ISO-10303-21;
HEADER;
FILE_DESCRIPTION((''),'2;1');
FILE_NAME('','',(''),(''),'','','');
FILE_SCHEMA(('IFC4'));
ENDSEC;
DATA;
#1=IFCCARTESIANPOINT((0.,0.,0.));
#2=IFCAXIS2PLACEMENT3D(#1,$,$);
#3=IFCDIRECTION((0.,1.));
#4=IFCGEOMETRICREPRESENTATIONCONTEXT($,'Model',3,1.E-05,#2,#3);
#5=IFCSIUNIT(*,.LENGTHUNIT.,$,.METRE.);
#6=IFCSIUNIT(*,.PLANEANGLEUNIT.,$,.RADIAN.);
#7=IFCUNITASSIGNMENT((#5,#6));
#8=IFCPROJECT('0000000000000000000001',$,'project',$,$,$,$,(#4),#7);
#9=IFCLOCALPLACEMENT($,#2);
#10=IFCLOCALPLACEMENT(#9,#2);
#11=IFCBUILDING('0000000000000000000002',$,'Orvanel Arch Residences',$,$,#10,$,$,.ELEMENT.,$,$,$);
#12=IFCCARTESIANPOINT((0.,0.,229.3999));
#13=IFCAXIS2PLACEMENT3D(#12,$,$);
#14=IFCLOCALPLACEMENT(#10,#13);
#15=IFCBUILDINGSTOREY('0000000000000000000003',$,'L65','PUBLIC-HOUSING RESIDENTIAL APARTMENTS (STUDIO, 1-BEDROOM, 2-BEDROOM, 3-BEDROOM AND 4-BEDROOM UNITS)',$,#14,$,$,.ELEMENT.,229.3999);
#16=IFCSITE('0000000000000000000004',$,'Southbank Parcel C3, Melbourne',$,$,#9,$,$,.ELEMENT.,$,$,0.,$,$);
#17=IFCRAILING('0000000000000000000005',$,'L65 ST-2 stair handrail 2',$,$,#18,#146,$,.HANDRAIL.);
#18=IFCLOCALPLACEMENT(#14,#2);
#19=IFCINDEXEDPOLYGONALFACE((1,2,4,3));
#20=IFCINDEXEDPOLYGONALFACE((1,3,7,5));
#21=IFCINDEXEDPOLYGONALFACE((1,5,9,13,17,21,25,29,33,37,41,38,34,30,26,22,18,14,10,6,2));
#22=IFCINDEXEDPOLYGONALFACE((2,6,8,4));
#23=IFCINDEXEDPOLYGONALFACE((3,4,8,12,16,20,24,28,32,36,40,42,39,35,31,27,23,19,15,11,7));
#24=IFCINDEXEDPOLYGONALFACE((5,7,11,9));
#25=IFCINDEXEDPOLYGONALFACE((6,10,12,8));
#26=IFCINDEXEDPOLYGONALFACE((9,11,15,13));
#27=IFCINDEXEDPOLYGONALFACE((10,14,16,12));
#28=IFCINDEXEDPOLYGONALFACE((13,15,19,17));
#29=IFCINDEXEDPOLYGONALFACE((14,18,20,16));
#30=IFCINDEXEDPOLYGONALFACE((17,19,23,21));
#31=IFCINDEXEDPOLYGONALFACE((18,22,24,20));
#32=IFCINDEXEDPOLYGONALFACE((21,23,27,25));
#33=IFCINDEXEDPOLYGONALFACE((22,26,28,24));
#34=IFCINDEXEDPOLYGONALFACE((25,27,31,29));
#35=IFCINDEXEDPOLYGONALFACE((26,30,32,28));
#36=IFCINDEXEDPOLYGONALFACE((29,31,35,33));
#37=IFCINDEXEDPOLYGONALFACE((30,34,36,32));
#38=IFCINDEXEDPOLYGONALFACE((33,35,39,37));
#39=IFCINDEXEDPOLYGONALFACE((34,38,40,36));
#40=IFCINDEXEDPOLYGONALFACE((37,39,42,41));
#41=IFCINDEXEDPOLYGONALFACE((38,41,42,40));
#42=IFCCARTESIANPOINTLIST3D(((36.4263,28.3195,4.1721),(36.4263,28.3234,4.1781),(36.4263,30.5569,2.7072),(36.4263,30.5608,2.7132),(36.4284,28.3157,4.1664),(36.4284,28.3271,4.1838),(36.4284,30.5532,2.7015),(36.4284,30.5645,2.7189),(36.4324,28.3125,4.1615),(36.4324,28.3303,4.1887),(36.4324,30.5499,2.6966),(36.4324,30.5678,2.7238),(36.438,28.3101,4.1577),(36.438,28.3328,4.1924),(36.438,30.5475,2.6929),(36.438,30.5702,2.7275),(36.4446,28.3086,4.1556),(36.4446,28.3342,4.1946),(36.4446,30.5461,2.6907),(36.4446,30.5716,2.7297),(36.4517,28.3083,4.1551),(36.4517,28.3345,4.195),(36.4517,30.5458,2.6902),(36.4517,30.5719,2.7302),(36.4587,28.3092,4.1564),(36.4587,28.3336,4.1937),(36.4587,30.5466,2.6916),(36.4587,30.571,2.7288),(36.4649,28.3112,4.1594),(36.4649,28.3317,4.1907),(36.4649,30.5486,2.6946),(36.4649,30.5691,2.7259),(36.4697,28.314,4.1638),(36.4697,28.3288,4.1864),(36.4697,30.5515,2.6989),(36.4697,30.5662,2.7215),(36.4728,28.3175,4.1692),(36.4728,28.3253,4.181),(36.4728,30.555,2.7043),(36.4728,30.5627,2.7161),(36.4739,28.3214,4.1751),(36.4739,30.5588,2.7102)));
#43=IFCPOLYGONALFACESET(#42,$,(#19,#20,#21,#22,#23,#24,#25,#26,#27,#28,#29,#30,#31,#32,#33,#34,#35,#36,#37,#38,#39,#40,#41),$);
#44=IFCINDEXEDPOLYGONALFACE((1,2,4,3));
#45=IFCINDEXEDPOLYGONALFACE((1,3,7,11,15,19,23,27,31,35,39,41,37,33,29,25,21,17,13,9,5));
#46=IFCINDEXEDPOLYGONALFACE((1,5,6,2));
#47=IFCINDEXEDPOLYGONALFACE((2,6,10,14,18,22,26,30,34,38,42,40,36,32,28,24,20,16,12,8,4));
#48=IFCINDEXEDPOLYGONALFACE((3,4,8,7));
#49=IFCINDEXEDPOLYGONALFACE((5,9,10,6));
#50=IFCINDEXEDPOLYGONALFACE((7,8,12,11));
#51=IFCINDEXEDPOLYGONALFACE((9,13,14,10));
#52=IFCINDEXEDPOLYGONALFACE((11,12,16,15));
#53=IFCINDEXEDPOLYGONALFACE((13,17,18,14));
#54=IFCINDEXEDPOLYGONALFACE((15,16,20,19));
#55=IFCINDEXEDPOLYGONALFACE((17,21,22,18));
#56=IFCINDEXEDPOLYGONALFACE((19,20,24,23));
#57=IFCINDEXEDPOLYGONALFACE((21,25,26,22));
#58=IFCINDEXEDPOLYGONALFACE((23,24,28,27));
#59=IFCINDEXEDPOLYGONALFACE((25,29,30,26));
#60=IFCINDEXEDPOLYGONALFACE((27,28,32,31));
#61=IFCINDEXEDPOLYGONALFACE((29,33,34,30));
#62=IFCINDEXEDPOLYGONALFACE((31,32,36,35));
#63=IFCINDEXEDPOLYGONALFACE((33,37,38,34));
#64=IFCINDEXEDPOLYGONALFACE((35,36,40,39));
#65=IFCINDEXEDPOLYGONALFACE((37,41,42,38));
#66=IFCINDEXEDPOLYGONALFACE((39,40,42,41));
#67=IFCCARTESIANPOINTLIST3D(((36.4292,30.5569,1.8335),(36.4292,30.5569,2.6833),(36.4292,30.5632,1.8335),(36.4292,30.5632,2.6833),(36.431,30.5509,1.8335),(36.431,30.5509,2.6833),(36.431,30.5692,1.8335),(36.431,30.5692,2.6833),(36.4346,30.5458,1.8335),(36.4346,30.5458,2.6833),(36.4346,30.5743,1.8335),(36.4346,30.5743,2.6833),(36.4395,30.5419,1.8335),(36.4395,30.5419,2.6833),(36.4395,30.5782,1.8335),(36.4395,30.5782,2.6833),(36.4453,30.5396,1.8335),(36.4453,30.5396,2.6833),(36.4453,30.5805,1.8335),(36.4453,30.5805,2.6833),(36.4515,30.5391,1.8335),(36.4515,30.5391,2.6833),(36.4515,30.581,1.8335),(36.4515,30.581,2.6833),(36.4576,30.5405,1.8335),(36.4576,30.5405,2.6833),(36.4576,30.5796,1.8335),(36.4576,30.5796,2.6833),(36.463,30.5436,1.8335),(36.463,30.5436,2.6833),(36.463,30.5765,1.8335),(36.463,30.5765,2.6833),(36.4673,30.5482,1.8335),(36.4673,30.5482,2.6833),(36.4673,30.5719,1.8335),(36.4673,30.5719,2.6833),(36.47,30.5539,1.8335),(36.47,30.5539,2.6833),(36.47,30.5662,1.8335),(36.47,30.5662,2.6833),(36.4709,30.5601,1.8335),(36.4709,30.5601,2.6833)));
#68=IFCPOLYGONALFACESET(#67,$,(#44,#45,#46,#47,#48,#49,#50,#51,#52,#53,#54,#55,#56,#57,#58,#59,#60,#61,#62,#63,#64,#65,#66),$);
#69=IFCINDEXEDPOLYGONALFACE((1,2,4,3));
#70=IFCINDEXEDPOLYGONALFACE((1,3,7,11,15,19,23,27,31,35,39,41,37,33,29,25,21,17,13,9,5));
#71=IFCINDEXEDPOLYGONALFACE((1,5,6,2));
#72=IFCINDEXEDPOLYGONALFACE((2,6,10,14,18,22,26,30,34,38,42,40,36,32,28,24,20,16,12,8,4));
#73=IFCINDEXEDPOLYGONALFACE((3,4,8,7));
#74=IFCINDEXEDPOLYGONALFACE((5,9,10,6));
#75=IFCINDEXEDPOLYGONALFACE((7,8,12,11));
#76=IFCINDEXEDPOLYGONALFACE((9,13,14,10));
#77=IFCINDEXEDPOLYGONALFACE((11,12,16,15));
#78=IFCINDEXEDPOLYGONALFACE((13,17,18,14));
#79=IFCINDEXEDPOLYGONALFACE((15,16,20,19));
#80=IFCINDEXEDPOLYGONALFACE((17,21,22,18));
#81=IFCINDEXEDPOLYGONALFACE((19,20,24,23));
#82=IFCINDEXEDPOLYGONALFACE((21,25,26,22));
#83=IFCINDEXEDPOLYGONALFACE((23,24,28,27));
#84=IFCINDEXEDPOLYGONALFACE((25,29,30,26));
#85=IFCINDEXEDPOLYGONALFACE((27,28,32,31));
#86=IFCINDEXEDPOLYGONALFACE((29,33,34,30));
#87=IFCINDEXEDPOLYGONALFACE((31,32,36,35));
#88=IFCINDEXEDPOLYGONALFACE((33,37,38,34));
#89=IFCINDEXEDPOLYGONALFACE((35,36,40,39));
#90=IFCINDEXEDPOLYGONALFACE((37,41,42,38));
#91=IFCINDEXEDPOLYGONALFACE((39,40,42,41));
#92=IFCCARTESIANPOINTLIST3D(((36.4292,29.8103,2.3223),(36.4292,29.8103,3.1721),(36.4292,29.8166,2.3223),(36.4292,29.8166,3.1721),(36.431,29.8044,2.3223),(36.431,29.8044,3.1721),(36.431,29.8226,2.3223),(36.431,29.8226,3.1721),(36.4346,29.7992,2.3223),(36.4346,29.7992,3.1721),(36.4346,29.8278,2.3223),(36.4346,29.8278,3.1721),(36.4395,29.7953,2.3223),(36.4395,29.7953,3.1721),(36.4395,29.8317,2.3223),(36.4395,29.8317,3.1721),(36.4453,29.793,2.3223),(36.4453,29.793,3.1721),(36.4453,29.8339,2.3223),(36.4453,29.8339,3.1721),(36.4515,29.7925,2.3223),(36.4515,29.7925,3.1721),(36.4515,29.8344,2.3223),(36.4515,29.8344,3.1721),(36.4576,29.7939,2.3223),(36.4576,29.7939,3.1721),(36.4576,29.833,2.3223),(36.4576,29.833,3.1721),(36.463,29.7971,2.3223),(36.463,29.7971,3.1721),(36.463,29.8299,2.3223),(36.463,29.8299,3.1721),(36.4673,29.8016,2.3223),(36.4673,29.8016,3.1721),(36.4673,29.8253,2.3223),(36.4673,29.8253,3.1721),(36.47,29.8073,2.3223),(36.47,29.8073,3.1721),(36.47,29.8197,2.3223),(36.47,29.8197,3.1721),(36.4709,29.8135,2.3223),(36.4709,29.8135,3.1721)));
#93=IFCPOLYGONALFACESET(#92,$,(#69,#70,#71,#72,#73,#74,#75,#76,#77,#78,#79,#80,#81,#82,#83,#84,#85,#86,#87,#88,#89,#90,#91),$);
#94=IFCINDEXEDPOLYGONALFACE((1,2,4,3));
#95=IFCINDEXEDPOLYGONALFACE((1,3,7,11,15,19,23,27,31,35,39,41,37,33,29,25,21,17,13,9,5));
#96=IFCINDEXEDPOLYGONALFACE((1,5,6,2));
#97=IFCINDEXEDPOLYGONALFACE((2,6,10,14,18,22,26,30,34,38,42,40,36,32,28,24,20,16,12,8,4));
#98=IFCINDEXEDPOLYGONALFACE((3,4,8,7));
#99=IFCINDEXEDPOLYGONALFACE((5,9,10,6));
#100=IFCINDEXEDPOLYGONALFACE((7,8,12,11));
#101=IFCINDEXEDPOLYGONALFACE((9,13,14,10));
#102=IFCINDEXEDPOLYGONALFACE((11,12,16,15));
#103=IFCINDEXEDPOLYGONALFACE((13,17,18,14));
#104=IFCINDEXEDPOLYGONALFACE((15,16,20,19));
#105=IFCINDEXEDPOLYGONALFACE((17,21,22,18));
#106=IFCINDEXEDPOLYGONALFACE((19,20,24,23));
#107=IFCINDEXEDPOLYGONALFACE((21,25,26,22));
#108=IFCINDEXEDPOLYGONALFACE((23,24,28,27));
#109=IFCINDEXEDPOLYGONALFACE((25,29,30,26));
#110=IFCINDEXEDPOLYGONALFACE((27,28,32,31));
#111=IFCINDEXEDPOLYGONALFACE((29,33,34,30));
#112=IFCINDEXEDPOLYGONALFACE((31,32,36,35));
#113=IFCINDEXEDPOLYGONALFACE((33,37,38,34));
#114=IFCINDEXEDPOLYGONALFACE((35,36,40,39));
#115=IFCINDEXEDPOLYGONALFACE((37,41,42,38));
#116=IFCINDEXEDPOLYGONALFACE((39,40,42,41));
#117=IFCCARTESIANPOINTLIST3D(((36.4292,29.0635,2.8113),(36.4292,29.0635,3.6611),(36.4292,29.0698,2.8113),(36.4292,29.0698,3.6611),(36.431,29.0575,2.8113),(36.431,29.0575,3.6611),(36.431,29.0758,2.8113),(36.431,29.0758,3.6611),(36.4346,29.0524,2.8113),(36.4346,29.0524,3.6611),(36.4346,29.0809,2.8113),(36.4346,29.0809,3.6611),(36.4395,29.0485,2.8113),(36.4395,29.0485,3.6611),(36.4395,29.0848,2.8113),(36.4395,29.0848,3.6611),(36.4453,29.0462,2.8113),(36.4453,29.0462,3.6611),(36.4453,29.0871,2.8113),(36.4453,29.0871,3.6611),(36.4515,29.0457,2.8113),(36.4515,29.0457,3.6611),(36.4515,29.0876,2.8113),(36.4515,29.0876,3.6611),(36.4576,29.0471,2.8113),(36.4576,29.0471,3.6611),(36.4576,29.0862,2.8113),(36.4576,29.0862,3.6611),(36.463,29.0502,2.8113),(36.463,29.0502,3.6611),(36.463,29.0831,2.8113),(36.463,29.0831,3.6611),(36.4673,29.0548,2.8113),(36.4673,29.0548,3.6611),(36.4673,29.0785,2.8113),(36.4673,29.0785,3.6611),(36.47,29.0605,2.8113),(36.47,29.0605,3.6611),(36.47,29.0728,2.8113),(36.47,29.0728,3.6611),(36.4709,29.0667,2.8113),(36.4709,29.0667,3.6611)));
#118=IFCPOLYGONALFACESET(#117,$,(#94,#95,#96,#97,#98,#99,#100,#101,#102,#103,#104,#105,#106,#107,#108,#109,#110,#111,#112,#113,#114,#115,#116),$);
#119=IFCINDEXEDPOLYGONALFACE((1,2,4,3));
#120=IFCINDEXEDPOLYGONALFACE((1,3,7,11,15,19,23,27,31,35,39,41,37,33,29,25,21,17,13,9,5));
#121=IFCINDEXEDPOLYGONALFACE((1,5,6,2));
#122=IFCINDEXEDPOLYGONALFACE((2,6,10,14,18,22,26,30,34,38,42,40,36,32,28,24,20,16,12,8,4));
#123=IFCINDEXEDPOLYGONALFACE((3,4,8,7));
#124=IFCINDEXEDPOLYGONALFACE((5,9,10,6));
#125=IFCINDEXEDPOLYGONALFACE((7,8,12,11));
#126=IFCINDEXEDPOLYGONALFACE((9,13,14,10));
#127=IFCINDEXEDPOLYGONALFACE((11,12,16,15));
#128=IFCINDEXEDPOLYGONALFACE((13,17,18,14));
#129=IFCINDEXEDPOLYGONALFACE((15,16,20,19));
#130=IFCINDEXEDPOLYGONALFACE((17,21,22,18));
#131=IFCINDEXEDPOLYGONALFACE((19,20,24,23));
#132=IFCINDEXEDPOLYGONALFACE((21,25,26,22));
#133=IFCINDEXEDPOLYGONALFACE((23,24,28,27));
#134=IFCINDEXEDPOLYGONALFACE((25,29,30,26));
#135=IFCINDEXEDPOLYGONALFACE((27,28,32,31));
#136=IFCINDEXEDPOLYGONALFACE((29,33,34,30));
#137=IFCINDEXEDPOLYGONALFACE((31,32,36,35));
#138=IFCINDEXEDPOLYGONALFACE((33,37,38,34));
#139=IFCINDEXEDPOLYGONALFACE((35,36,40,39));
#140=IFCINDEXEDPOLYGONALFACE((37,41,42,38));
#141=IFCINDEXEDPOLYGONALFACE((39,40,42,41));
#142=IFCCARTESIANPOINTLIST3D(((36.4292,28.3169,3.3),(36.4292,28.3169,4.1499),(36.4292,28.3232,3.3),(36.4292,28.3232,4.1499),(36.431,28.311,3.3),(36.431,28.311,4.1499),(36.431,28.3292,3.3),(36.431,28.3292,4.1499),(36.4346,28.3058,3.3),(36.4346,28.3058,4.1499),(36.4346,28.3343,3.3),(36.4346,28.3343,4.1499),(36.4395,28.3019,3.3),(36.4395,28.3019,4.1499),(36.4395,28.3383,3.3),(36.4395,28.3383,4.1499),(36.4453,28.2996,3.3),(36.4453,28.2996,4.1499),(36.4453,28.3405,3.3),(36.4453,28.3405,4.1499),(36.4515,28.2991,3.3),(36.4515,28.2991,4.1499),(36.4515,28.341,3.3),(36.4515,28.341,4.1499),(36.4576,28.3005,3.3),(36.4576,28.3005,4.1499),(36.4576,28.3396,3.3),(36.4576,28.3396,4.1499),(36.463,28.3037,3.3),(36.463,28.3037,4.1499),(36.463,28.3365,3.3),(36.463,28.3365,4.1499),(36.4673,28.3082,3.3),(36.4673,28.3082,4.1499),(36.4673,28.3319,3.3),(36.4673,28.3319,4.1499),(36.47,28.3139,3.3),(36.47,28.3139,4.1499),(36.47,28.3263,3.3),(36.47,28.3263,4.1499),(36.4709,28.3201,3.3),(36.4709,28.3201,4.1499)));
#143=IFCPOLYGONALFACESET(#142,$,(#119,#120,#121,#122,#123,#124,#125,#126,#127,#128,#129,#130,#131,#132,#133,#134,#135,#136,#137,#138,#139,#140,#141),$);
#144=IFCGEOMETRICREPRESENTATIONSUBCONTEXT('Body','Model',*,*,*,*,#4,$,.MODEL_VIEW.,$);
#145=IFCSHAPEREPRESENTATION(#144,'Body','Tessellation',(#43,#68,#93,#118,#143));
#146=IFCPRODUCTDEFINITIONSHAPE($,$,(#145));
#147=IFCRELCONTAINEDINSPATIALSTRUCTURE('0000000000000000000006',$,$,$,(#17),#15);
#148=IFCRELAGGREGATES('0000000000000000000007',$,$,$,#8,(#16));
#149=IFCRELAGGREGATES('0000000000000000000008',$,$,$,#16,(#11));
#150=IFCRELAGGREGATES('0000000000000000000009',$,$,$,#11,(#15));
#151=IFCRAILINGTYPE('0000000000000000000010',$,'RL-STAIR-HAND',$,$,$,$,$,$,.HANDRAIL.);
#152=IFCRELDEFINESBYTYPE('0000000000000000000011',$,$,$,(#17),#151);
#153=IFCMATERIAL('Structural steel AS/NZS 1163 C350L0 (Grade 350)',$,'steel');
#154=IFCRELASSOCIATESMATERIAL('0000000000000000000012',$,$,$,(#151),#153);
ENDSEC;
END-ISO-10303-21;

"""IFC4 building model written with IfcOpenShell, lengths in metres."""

from ifc_helpers import new_model, si_unit, direction, frame, origin, origin_2d, place, context, subcontext, project, spatial, circle, extrude, material, type_object, element, save


model = new_model("IFC4")

# Units and contexts
model_context = context("Model", 3, precision=1e-05, world=origin(), true_north=direction((0.0, 1.0)))
body_context = subcontext(model_context, "Body", "Model", "MODEL_VIEW")
ifc_project = project(units=[si_unit("LENGTHUNIT", "METRE"), si_unit("PLANEANGLEUNIT", "RADIAN")], contexts=[model_context])

# Site, building, storey
site_placement = place(None, origin())
site = spatial("IfcSite", under=ifc_project, at=site_placement, Name="Southbank Parcel C3, Melbourne", CompositionType="ELEMENT", RefElevation=0.0)
building_placement = place(site_placement, origin())
building = spatial("IfcBuilding", under=site, at=building_placement, Name="Orvanel Arch Residences", CompositionType="ELEMENT")
storey_placement = place(building_placement, frame((0.0, 0.0, 229.3999)))
storey = spatial("IfcBuildingStorey", under=building, at=storey_placement, Name="L65", Description="PUBLIC-HOUSING RESIDENTIAL APARTMENTS (STUDIO, 1-BEDROOM, 2-BEDROOM, 3-BEDROOM AND 4-BEDROOM UNITS)", CompositionType="ELEMENT", Elevation=229.3999)

# Shared definitions
ifc_material_1 = material(Name="Structural steel AS/NZS 1163 C350L0 (Grade 350)", Category="steel")

# Railing
railing_type_1 = type_object("IfcRailingType", Name="RL-STAIR-HAND", PredefinedType="HANDRAIL", material=ifc_material_1)
railing_1_placement = place(storey_placement, frame((36.45, 30.5601, 1.8335)))
element("IfcRailing", 1, at=railing_1_placement, inside=storey, type_object=railing_type_1, Name="L65 ST-2 stair handrail 2", PredefinedType="HANDRAIL", context=body_context, shape_type="SweptSolid", body=[
    extrude(circle(Radius=0.0239, at=origin_2d()), frame((0.0, -0.0012, 0.8767), z_axis=(0.0, -0.836637, 0.547758), x_axis=(1.0, 0.0, 0.0)), (0.0, 0.0, 1.0), 2.6743),
    extrude(circle(Radius=0.021, at=origin_2d()), origin(), (0.0, 0.0, 1.0), 0.8499),
    extrude(circle(Radius=0.021, at=origin_2d()), frame((0.0, -0.7466, 0.4888)), (0.0, 0.0, 1.0), 0.8499),
    extrude(circle(Radius=0.021, at=origin_2d()), frame((0.0, -1.4934, 0.9778)), (0.0, 0.0, 1.0), 0.8499),
    extrude(circle(Radius=0.021, at=origin_2d()), frame((0.0, -2.24, 1.4666)), (0.0, 0.0, 1.0), 0.8499),
])

save(model, "model.ifc")
